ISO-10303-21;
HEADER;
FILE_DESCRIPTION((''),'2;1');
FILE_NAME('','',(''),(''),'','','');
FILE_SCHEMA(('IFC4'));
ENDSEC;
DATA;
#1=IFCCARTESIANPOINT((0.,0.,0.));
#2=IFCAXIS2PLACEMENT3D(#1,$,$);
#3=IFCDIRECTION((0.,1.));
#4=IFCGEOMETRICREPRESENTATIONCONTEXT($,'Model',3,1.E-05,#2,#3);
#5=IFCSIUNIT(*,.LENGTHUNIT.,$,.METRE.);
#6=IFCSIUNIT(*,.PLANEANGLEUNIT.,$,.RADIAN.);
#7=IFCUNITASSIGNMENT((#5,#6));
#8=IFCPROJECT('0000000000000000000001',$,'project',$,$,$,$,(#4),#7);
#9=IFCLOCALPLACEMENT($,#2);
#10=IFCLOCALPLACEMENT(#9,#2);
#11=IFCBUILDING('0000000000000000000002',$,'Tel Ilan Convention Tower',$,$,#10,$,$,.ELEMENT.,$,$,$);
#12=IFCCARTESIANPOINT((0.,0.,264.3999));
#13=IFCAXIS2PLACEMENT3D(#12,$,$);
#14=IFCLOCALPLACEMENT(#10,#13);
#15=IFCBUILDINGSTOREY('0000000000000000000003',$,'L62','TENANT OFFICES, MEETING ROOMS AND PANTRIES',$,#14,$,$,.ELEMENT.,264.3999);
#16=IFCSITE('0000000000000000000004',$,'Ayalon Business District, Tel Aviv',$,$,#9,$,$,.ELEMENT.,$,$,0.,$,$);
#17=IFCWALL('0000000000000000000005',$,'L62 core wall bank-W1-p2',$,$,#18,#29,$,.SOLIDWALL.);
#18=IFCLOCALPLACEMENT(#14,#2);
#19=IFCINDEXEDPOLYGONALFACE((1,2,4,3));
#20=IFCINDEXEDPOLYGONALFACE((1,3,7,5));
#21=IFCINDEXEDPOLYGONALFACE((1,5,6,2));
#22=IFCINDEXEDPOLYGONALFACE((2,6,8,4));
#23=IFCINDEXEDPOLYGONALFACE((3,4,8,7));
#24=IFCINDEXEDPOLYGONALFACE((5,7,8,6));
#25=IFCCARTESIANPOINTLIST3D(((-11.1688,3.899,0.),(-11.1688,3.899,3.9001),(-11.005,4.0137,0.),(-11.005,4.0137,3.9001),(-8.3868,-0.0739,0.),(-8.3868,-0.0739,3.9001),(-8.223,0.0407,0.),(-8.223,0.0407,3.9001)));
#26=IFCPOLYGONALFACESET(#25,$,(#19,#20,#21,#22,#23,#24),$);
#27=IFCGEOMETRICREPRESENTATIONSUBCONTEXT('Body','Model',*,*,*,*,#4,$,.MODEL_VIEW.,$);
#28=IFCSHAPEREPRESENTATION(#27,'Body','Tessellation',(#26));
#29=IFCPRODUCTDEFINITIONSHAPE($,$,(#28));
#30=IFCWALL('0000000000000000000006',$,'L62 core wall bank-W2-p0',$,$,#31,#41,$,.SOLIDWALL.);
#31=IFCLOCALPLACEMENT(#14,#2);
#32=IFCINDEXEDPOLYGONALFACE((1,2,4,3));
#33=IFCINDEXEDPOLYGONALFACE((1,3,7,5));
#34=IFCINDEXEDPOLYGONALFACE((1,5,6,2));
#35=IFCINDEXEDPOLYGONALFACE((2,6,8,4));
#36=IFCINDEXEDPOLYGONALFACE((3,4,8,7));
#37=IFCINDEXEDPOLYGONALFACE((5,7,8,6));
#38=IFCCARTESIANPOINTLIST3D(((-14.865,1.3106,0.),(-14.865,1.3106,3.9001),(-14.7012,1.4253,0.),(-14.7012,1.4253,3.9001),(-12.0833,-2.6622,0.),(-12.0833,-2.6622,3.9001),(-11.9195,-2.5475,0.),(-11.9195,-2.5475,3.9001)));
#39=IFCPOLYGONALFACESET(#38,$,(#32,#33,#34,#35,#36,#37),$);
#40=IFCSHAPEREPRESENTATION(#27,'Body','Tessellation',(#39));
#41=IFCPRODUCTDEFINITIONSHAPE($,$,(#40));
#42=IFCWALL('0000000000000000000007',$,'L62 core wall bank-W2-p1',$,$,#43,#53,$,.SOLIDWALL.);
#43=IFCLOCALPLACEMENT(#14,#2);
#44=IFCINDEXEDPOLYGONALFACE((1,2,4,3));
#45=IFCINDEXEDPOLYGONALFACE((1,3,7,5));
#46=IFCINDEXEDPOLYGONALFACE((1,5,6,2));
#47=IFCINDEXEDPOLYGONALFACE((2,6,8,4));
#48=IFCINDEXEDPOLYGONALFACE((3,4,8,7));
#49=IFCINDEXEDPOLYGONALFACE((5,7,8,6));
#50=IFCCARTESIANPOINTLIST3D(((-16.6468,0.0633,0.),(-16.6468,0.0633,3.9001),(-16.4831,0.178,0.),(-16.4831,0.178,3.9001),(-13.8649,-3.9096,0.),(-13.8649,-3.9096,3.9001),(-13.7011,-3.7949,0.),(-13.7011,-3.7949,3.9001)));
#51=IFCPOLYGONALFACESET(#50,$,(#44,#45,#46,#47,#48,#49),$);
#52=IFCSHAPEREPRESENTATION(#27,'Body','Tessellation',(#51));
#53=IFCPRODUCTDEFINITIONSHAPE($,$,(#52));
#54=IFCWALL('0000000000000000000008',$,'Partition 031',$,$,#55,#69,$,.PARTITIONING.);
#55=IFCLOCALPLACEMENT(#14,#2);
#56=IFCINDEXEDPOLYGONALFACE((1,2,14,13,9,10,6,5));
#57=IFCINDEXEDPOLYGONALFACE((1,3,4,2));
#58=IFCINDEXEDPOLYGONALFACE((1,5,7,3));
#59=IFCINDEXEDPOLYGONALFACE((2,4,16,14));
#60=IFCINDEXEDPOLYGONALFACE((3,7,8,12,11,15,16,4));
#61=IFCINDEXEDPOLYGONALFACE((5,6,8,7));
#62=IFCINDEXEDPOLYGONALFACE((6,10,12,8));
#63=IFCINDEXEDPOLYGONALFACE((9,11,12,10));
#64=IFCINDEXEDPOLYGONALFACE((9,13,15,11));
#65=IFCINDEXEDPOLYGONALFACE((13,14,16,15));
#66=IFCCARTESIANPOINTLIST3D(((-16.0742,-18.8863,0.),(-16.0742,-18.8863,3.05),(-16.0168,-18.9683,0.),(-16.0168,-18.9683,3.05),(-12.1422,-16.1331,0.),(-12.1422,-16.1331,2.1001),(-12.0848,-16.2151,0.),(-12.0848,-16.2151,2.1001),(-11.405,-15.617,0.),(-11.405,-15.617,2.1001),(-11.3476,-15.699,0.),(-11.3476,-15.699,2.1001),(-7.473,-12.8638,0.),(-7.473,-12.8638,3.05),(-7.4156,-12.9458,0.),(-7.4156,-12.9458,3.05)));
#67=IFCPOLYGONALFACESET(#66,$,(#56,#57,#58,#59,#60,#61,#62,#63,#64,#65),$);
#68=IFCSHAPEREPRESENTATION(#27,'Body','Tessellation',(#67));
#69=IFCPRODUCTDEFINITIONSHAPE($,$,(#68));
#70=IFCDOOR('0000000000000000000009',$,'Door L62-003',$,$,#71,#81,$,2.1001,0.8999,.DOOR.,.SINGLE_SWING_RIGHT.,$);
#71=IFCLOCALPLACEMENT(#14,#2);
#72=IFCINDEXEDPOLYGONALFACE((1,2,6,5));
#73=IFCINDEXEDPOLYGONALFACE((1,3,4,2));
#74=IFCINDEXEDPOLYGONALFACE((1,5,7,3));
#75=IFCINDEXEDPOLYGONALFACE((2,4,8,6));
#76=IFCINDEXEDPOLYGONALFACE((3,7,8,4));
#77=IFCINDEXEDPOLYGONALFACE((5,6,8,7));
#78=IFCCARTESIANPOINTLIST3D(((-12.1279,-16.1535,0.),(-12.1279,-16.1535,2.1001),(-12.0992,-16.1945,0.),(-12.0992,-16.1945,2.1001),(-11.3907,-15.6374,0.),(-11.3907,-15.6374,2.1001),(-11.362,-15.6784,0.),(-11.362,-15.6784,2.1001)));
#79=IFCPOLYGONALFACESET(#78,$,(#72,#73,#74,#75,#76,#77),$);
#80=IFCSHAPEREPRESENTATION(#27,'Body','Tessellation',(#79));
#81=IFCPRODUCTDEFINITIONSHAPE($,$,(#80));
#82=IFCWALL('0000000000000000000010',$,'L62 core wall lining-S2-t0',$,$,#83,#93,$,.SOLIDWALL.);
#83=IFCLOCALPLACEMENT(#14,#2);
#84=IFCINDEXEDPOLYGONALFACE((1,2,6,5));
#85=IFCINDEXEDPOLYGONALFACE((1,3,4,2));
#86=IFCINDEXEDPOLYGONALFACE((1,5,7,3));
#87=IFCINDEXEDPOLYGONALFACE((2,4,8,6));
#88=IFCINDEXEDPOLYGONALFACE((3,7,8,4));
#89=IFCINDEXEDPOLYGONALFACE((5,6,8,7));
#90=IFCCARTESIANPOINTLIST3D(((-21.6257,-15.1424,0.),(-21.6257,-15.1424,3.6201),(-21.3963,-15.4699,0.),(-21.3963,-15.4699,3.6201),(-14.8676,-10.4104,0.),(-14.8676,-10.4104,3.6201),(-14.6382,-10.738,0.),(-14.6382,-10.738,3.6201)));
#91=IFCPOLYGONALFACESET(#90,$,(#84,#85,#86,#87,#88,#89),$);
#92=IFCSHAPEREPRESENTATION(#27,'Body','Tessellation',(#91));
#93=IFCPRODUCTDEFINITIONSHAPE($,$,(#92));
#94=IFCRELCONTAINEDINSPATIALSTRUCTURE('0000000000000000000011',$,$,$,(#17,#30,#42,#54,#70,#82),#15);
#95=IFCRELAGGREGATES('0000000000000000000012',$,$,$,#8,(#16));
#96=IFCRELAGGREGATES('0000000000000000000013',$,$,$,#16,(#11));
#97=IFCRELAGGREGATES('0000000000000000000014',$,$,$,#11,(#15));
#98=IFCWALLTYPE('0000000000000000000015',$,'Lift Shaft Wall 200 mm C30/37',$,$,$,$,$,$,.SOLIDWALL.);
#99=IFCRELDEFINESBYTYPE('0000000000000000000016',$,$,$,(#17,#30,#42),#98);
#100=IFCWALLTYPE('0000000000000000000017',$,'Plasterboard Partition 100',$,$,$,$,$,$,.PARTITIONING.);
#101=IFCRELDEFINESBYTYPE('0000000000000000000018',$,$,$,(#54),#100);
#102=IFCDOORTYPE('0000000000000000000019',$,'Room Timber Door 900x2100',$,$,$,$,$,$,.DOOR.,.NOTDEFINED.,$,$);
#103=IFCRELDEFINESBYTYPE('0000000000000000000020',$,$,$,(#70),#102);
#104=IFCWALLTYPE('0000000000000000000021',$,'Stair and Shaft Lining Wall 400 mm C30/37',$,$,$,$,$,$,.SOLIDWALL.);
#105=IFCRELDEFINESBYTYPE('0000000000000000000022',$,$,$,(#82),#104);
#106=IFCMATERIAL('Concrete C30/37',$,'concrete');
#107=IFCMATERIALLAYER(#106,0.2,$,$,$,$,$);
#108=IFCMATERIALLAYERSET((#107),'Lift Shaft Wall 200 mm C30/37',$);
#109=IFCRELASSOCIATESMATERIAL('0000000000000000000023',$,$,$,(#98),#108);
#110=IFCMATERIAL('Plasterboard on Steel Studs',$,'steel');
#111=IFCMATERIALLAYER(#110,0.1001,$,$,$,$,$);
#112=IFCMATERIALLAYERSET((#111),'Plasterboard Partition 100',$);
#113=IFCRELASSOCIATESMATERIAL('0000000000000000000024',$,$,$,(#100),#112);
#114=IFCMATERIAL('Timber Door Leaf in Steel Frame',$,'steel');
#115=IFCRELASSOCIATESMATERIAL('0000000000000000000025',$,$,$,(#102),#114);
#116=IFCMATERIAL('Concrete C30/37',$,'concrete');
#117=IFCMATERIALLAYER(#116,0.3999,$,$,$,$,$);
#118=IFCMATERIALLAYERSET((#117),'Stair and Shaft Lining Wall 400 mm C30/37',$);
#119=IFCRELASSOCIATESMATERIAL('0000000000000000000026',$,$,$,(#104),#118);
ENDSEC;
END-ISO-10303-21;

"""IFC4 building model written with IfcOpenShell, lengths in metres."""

from ifc_helpers import new_model, si_unit, direction, frame, frame_2d, origin, place, context, subcontext, project, spatial, rectangle, extrude, material, layer, layer_set, type_object, element, fill, save


model = new_model("IFC4")

# Units and contexts
model_context = context("Model", 3, precision=1e-05, world=origin(), true_north=direction((0.0, 1.0)))
body_context = subcontext(model_context, "Body", "Model", "MODEL_VIEW")
ifc_project = project(units=[si_unit("LENGTHUNIT", "METRE"), si_unit("PLANEANGLEUNIT", "RADIAN")], contexts=[model_context])

# Site, building, storey
site_placement = place(None, origin())
site = spatial("IfcSite", under=ifc_project, at=site_placement, Name="Ayalon Business District, Tel Aviv", CompositionType="ELEMENT", RefElevation=0.0)
building_placement = place(site_placement, origin())
building = spatial("IfcBuilding", under=site, at=building_placement, Name="Tel Ilan Convention Tower", CompositionType="ELEMENT")
storey_placement = place(building_placement, frame((0.0, 0.0, 264.3999)))
storey = spatial("IfcBuildingStorey", under=building, at=storey_placement, Name="L62", Description="TENANT OFFICES, MEETING ROOMS AND PANTRIES", CompositionType="ELEMENT", Elevation=264.3999)

# Walls
ifc_material_1 = material(Name="Concrete C30/37", Category="concrete")
ifc_layer_1 = layer(ifc_material_1, 0.2)
ifc_layer_set_1 = layer_set([ifc_layer_1], Name="Lift Shaft Wall 200 mm C30/37")
wall_type_1 = type_object("IfcWallType", Name="Lift Shaft Wall 200 mm C30/37", PredefinedType="SOLIDWALL", material=ifc_layer_set_1)
wall_1_placement = place(storey_placement, frame((-8.3049, -0.0166, 0.0), z_axis=(0.0, 0.0, 1.0), x_axis=(-0.573594, 0.81914, 0.0)))
element("IfcWall", 1, at=wall_1_placement, inside=storey, type_object=wall_type_1, Name="L62 core wall bank-W1-p2", PredefinedType="SOLIDWALL", context=body_context, shape_type="SweptSolid", body=[
    extrude(rectangle(XDim=4.8501, YDim=0.2, at=frame_2d((2.425, 0.0))), origin(), (0.0, 0.0, 1.0), 3.9001),
])
wall_2_placement = place(storey_placement, frame((-12.0015, -2.6047, 0.0), z_axis=(0.0, 0.0, 1.0), x_axis=(-0.57356, 0.819163, 0.0)))
element("IfcWall", 2, at=wall_2_placement, inside=storey, type_object=wall_type_1, Name="L62 core wall bank-W2-p0", PredefinedType="SOLIDWALL", context=body_context, shape_type="SweptSolid", body=[
    extrude(rectangle(XDim=4.8499, YDim=0.2, at=frame_2d((2.4248, 0.0))), origin(), (0.0, 0.0, 1.0), 3.9001),
])
wall_3_placement = place(storey_placement, frame((-13.783, -3.8523, 0.0), z_axis=(0.0, 0.0, 1.0), x_axis=(-0.573594, 0.81914, 0.0)))
element("IfcWall", 3, at=wall_3_placement, inside=storey, type_object=wall_type_1, Name="L62 core wall bank-W2-p1", PredefinedType="SOLIDWALL", context=body_context, shape_type="SweptSolid", body=[
    extrude(rectangle(XDim=4.8501, YDim=0.2, at=frame_2d((2.425, 0.0))), origin(), (0.0, 0.0, 1.0), 3.9001),
])

# Wall, opening, door
ifc_material_2 = material(Name="Plasterboard on Steel Studs", Category="steel")
ifc_layer_2 = layer(ifc_material_2, 0.1001)
ifc_layer_set_2 = layer_set([ifc_layer_2], Name="Plasterboard Partition 100")
wall_type_2 = type_object("IfcWallType", Name="Plasterboard Partition 100", PredefinedType="PARTITIONING", material=ifc_layer_set_2)
wall_4_placement = place(storey_placement, frame((-7.4443, -12.9048, 0.0), z_axis=(0.0, 0.0, 1.0), x_axis=(-0.819155, -0.573572, 0.0)))
wall_4 = element("IfcWall", 4, at=wall_4_placement, inside=storey, type_object=wall_type_2, Name="Partition 031", PredefinedType="PARTITIONING", context=body_context, shape_type="SweptSolid", body=[
    extrude(rectangle(XDim=10.5, YDim=0.1001, at=frame_2d((5.25, 0.0))), origin(), (0.0, 0.0, 1.0), 3.05),
])
opening_1_placement = place(wall_4_placement, frame((4.8, 0.0, 0.0)))
opening_1 = element("IfcOpeningElement", 5, at=opening_1_placement, cuts=wall_4, PredefinedType="OPENING", context=body_context, shape_type="SweptSolid", body=[
    extrude(rectangle(XDim=0.8999, YDim=2.1001, at=frame_2d((0.45, 1.05))), frame((0.0, 0.0601, 0.0), z_axis=(0.0, -1.0, 0.0), x_axis=(1.0, 0.0, 0.0)), (0.0, 0.0, 1.0), 0.1201),
])
ifc_material_3 = material(Name="Timber Door Leaf in Steel Frame", Category="steel")
door_type_1 = type_object("IfcDoorType", Name="Room Timber Door 900x2100", OperationType="NOTDEFINED", PredefinedType="DOOR", material=ifc_material_3)
door_1_placement = place(opening_1_placement, origin())
door_1 = element("IfcDoor", 6, at=door_1_placement, inside=storey, type_object=door_type_1, Name="Door L62-003", OperationType="SINGLE_SWING_RIGHT", OverallHeight=2.1001, OverallWidth=0.8999, PredefinedType="DOOR", context=body_context, shape_type="SweptSolid", body=[
    extrude(rectangle(XDim=0.8999, YDim=2.1001, at=frame_2d((0.45, 1.05))), frame((0.0, 0.0249, 0.0), z_axis=(0.0, -1.0, 0.0), x_axis=(1.0, 0.0, 0.0)), (0.0, 0.0, 1.0), 0.05),
])
fill(opening_1, door_1)

# Wall
ifc_material_4 = material(Name="Concrete C30/37", Category="concrete")
ifc_layer_3 = layer(ifc_material_4, 0.3999)
ifc_layer_set_3 = layer_set([ifc_layer_3], Name="Stair and Shaft Lining Wall 400 mm C30/37")
wall_type_3 = type_object("IfcWallType", Name="Stair and Shaft Lining Wall 400 mm C30/37", PredefinedType="SOLIDWALL", material=ifc_layer_set_3)
wall_5_placement = place(storey_placement, frame((-14.7529, -10.5742, 0.0), z_axis=(0.0, 0.0, 1.0), x_axis=(-0.819158, -0.573568, 0.0)))
element("IfcWall", 7, at=wall_5_placement, inside=storey, type_object=wall_type_3, Name="L62 core wall lining-S2-t0", PredefinedType="SOLIDWALL", context=body_context, shape_type="SweptSolid", body=[
    extrude(rectangle(XDim=8.25, YDim=0.3999, at=frame_2d((4.125, 0.0))), origin(), (0.0, 0.0, 1.0), 3.6201),
])

save(model, "model.ifc")
